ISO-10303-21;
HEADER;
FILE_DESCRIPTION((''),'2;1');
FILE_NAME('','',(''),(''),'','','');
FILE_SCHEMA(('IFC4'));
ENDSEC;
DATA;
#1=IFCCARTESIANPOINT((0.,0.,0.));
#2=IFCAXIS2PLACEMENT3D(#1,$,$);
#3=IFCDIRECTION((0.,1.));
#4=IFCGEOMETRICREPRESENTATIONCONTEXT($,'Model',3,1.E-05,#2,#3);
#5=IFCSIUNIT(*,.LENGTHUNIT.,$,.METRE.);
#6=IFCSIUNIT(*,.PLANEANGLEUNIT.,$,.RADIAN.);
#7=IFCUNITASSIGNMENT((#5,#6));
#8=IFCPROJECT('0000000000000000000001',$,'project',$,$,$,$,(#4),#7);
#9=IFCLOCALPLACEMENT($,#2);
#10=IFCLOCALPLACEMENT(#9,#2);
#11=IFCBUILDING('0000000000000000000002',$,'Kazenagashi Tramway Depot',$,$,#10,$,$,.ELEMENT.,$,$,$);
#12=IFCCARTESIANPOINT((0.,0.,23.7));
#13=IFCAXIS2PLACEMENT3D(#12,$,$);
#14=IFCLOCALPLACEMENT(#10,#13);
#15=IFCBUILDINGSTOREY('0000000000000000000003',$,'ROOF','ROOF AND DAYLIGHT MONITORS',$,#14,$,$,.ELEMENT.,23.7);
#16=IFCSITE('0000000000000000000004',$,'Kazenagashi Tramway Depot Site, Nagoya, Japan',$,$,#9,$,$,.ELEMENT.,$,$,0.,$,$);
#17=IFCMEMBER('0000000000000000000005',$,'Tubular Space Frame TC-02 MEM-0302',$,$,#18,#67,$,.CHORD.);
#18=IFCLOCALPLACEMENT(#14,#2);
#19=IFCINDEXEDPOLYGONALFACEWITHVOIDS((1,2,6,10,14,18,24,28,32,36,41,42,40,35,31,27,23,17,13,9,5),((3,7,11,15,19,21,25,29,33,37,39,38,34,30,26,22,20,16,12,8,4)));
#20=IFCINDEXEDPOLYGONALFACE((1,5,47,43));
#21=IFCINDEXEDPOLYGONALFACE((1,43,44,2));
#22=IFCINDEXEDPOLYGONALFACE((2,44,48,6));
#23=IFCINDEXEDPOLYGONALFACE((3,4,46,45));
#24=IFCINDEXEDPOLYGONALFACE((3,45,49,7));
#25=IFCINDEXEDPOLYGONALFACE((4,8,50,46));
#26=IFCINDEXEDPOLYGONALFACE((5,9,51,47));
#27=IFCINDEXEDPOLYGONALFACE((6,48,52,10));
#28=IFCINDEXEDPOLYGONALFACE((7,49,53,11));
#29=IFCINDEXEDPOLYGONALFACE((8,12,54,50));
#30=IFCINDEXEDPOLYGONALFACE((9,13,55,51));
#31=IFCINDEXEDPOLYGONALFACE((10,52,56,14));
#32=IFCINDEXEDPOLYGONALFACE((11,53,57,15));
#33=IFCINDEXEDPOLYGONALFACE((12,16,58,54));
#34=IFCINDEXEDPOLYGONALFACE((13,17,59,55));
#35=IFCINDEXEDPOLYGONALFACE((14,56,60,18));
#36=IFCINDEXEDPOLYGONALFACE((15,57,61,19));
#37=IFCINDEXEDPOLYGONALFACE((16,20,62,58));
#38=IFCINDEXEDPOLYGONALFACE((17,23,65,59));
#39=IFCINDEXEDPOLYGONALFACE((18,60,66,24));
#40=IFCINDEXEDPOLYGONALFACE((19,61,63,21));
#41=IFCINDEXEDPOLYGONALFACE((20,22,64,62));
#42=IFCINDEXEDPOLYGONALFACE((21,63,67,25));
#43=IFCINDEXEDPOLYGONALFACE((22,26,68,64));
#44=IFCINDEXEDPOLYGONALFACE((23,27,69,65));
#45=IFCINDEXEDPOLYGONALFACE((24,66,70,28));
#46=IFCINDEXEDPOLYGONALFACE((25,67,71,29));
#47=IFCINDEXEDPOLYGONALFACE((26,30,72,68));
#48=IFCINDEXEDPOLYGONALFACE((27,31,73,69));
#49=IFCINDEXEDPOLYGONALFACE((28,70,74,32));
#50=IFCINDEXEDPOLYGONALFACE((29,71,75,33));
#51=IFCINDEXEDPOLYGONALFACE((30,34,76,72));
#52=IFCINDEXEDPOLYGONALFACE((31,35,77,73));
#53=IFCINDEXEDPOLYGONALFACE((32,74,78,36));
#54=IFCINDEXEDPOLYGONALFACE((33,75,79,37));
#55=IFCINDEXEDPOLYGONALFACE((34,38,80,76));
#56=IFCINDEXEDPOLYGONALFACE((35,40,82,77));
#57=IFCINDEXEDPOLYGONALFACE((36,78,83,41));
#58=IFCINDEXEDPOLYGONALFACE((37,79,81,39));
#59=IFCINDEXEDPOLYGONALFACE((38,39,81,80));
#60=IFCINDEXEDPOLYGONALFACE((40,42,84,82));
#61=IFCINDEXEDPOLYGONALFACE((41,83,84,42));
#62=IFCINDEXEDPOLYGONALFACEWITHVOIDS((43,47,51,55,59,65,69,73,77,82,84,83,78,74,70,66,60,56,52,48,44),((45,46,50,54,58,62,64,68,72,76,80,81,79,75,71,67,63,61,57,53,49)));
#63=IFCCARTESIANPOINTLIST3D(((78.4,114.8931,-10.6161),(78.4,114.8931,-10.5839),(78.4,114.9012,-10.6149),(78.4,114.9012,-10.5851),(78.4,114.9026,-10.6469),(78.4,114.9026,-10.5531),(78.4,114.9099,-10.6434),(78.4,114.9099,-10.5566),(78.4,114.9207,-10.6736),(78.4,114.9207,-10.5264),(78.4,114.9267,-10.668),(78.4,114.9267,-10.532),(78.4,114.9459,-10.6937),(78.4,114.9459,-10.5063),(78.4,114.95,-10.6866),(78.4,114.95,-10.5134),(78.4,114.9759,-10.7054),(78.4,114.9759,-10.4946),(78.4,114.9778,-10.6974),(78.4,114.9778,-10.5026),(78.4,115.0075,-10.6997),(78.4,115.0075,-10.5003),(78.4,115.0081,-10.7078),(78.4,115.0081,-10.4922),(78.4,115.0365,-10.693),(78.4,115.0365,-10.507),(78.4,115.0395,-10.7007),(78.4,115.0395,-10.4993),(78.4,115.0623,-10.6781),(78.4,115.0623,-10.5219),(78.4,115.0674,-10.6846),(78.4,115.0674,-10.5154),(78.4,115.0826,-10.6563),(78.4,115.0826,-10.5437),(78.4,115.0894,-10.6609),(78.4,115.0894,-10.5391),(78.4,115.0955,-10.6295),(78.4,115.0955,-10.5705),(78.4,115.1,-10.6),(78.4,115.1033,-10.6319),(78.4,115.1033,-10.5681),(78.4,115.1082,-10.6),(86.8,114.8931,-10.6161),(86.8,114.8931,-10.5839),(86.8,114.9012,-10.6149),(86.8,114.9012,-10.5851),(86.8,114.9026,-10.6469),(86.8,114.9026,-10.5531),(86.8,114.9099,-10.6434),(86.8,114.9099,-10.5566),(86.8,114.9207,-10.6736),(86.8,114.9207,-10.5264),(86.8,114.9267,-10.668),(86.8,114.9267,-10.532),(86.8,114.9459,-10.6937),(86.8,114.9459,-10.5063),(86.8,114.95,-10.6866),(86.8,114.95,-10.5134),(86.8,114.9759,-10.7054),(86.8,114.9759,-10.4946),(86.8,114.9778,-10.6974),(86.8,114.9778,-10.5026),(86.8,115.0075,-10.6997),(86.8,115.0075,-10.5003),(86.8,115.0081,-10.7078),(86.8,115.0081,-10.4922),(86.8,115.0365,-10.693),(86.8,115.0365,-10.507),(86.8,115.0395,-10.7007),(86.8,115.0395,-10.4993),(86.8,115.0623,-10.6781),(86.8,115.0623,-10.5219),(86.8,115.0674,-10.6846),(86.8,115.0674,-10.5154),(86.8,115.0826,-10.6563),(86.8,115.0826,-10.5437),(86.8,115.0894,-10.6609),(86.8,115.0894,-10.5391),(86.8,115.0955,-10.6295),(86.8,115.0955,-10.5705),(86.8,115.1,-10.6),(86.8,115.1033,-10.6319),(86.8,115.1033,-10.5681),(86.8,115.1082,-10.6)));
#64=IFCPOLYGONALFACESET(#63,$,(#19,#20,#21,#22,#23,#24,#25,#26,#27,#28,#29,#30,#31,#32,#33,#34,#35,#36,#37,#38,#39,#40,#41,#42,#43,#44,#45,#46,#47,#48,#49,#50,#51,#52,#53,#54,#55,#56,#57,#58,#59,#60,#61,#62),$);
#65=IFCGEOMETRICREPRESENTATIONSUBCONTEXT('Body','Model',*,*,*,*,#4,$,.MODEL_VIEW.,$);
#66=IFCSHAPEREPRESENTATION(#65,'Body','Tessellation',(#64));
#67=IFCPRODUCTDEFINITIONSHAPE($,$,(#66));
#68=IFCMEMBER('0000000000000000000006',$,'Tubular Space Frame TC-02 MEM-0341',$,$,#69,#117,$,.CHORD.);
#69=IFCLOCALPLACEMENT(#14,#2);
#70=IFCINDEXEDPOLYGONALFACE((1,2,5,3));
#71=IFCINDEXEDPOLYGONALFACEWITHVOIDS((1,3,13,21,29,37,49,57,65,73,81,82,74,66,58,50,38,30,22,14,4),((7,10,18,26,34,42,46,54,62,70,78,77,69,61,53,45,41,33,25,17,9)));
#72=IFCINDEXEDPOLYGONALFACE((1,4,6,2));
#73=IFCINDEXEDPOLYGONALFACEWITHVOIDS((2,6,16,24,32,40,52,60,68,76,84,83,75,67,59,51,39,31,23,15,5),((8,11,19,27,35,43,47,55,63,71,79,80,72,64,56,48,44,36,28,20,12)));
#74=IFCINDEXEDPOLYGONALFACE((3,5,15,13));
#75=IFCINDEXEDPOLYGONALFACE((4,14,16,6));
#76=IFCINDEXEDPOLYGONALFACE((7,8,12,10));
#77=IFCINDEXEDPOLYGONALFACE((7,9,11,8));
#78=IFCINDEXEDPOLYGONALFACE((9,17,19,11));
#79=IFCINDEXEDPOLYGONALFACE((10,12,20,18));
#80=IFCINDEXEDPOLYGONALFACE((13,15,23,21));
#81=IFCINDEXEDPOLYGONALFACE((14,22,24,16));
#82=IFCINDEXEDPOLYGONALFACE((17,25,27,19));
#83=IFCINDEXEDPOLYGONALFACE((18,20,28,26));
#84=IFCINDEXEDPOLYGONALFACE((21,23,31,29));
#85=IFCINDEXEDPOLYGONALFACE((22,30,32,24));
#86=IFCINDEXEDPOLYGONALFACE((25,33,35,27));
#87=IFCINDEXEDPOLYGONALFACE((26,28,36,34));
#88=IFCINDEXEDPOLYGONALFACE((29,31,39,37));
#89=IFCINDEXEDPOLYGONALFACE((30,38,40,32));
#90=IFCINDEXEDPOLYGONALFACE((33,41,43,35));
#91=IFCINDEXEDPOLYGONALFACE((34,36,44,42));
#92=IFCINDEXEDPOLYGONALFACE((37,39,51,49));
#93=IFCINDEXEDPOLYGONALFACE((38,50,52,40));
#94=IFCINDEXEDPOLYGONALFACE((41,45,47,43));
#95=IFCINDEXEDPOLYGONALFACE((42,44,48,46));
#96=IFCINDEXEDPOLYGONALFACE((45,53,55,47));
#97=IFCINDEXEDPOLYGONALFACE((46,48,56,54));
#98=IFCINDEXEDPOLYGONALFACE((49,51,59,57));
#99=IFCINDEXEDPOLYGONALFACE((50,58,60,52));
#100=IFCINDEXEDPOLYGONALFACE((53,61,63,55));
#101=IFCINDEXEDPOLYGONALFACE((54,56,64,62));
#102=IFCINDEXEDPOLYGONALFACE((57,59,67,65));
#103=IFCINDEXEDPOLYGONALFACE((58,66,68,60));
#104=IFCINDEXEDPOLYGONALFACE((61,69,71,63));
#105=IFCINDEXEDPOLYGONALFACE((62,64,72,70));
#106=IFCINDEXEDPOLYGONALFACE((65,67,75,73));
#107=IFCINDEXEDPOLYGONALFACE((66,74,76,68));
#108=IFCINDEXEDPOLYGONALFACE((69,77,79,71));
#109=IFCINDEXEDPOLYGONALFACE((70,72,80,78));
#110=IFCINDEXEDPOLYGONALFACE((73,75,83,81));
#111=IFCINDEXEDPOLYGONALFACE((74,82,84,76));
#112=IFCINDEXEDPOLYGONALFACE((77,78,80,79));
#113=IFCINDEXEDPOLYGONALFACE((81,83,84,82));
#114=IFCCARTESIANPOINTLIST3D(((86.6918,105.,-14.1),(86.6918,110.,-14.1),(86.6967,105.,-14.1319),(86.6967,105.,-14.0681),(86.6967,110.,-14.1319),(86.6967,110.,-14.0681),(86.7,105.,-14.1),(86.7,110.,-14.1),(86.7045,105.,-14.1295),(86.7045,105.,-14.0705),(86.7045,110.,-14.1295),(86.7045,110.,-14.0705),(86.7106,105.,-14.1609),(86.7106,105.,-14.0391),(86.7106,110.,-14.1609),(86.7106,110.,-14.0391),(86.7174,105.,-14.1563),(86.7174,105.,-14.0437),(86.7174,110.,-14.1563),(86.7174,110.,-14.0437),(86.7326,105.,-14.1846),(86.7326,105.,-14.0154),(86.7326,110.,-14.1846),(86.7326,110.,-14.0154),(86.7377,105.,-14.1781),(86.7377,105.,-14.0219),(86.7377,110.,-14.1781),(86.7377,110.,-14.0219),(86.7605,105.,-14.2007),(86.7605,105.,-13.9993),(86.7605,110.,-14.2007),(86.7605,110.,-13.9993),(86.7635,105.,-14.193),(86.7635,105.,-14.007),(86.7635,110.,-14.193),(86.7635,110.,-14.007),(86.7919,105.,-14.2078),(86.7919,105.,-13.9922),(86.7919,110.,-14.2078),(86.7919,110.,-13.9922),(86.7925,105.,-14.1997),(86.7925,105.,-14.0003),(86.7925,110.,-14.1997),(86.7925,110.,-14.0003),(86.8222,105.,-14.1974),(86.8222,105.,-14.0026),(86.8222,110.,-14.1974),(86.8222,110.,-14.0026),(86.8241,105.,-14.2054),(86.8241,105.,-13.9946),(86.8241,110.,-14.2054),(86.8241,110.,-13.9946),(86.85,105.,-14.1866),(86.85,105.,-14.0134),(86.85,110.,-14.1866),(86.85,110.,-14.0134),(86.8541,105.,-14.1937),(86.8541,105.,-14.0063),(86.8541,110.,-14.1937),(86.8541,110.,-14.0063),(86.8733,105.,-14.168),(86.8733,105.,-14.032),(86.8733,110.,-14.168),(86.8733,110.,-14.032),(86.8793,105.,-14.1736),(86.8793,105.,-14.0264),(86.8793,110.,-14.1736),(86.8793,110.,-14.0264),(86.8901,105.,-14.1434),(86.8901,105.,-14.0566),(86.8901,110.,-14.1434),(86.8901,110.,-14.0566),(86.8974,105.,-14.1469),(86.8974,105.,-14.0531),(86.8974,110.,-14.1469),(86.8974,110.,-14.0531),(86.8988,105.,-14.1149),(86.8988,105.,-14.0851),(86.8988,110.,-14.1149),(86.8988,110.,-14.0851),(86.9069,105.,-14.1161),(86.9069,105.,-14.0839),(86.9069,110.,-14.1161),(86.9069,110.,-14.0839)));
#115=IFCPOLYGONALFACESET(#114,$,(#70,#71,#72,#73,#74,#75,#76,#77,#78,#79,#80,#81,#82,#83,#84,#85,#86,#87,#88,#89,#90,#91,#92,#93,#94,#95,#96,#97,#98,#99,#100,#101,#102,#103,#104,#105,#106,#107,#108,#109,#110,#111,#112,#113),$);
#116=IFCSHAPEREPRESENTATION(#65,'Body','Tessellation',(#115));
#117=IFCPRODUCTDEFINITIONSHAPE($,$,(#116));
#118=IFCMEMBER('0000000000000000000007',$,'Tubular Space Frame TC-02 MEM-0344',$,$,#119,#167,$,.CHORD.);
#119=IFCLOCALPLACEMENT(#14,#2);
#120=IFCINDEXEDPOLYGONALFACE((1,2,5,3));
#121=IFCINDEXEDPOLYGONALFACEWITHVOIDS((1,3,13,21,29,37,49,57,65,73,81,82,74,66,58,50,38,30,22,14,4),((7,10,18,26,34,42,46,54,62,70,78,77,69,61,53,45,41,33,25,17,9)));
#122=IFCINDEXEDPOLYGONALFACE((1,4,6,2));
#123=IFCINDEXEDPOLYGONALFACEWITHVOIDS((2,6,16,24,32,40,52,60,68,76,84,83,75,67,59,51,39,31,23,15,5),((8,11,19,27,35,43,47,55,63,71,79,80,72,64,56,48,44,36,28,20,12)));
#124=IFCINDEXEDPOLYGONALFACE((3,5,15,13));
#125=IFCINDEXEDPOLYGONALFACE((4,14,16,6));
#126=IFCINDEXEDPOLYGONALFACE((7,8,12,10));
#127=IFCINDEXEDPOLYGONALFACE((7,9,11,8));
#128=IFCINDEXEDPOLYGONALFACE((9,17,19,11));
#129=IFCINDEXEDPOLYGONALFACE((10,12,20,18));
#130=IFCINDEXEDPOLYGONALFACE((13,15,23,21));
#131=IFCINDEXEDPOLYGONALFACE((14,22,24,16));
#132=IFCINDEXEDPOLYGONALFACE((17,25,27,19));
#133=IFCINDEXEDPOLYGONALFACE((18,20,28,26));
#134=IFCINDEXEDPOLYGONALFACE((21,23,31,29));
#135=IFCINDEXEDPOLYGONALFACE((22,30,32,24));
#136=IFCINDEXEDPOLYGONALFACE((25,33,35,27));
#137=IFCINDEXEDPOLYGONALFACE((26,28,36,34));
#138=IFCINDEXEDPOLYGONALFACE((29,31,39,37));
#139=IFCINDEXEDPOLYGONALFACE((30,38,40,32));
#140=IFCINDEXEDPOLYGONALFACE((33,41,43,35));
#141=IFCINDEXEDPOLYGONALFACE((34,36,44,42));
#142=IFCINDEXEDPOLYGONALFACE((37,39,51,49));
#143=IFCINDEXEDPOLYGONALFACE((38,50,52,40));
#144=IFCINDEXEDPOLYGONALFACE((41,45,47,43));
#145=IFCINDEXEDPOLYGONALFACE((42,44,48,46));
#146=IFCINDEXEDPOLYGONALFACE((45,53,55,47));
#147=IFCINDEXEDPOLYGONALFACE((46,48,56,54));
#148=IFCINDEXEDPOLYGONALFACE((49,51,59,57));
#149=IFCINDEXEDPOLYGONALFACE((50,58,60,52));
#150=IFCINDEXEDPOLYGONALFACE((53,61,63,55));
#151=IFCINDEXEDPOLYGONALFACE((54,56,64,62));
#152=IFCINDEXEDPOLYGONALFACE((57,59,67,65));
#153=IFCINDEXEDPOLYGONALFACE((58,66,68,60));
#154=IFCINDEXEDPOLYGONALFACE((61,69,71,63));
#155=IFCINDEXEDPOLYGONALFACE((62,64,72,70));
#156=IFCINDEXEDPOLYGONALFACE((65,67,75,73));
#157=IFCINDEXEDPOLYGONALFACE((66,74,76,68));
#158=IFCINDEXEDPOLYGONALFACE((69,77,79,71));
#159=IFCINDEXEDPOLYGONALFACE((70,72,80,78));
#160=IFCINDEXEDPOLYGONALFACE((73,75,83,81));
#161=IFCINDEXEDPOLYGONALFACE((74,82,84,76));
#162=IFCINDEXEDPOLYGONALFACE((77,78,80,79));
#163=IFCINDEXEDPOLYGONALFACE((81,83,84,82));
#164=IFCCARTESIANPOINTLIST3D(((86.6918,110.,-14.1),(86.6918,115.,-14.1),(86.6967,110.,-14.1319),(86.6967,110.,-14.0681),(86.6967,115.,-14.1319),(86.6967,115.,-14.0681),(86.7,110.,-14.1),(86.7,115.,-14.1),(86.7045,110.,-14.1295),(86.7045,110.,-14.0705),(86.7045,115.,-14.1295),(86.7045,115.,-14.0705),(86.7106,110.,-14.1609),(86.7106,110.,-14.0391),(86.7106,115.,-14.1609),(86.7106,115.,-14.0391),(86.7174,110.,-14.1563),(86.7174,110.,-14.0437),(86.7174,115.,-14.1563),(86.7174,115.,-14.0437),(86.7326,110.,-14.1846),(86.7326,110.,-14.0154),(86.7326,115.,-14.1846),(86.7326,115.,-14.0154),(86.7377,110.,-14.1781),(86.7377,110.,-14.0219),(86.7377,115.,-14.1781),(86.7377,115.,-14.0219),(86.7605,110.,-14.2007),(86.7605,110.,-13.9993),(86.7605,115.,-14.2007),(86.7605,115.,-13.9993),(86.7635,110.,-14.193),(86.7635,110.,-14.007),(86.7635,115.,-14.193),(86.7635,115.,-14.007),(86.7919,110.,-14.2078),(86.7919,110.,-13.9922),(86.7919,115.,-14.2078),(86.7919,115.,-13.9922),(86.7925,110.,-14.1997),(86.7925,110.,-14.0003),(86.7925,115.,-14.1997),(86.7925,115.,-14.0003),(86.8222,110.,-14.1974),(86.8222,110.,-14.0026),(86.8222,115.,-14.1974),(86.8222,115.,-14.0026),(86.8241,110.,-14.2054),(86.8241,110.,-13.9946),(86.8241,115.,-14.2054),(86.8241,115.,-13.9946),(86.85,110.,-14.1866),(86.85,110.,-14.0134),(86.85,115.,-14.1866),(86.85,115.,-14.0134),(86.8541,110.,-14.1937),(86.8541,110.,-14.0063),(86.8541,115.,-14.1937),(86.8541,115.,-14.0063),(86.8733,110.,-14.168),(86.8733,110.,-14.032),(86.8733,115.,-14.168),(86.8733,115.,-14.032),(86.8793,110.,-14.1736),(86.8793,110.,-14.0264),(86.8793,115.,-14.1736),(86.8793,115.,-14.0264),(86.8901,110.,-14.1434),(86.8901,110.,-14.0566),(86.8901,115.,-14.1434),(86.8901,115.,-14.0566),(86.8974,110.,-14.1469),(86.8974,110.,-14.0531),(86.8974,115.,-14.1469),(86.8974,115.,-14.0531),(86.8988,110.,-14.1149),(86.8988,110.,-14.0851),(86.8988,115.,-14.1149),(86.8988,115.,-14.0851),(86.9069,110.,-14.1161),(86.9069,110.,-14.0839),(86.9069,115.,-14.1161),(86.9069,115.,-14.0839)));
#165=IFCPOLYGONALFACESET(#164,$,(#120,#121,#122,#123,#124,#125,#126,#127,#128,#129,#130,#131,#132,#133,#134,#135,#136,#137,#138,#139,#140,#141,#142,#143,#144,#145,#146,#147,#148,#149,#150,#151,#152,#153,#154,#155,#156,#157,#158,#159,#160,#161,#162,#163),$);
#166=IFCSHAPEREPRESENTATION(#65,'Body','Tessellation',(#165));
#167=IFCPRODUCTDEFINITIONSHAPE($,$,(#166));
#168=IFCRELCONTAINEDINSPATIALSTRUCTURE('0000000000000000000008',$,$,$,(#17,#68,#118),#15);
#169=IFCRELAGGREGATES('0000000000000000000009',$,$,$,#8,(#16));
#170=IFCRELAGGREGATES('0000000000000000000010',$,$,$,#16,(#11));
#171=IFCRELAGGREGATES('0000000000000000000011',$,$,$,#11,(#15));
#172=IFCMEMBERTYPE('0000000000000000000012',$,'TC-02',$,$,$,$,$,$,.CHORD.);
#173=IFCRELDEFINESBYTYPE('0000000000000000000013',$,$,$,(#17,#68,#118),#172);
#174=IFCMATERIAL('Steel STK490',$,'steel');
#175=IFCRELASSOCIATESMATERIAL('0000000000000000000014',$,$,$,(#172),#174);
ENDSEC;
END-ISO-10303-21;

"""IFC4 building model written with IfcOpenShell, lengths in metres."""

from ifc_helpers import new_model, si_unit, direction, frame, origin, origin_2d, place, context, subcontext, project, spatial, hollow_circle, extrude, material, material_profile, profile_set, type_object, element, save


model = new_model("IFC4")

# Units and contexts
model_context = context("Model", 3, precision=1e-05, world=origin(), true_north=direction((0.0, 1.0)))
body_context = subcontext(model_context, "Body", "Model", "MODEL_VIEW")
ifc_project = project(units=[si_unit("LENGTHUNIT", "METRE"), si_unit("PLANEANGLEUNIT", "RADIAN")], contexts=[model_context])

# Site, building, storey
site_placement = place(None, origin())
site = spatial("IfcSite", under=ifc_project, at=site_placement, Name="Kazenagashi Tramway Depot Site, Nagoya, Japan", CompositionType="ELEMENT", RefElevation=0.0)
building_placement = place(site_placement, origin())
building = spatial("IfcBuilding", under=site, at=building_placement, Name="Kazenagashi Tramway Depot", CompositionType="ELEMENT")
storey_placement = place(building_placement, frame((0.0, 0.0, 23.7)))
storey = spatial("IfcBuildingStorey", under=building, at=storey_placement, Name="ROOF", Description="ROOF AND DAYLIGHT MONITORS", CompositionType="ELEMENT", Elevation=23.7)

# Members
ifc_material_1 = material(Name="Steel STK490", Category="steel")
ifc_material_profile_1 = material_profile(ifc_material_1, hollow_circle(Radius=0.1081, WallThickness=0.0082, at=origin_2d()), Name="CHS-216.3x8.2")
ifc_profile_set_1 = profile_set([ifc_material_profile_1], Name="Steel STK490")
member_type_1 = type_object("IfcMemberType", Name="TC-02", PredefinedType="CHORD", material=ifc_profile_set_1)
for number, where, z_axis, x_axis, name in (
    (1, (78.4, 115.0, -10.6), (1.0, 0.0, 0.0), (0.0, 1.0, 0.0), "Tubular Space Frame TC-02 MEM-0302"),
):
    element("IfcMember", number, at=place(storey_placement, frame(where, z_axis=z_axis, x_axis=x_axis)), inside=storey, type_object=member_type_1, Name=name, PredefinedType="CHORD", context=body_context, shape_type="SweptSolid", body=[
        extrude(hollow_circle(Radius=0.1081, WallThickness=0.0082, at=origin_2d()), origin(), (0.0, 0.0, 1.0), 8.4),
    ])
for number, where, z_axis, x_axis, name in (
    (2, (86.8, 105.0, -14.1), (0.0, 1.0, 0.0), (-1.0, 0.0, 0.0), "Tubular Space Frame TC-02 MEM-0341"),
    (3, (86.8, 110.0, -14.1), (0.0, 1.0, 0.0), (-1.0, 0.0, 0.0), "Tubular Space Frame TC-02 MEM-0344"),
):
    element("IfcMember", number, at=place(storey_placement, frame(where, z_axis=z_axis, x_axis=x_axis)), inside=storey, type_object=member_type_1, Name=name, PredefinedType="CHORD", context=body_context, shape_type="SweptSolid", body=[
        extrude(hollow_circle(Radius=0.1081, WallThickness=0.0082, at=origin_2d()), origin(), (0.0, 0.0, 1.0), 5.0),
    ])

save(model, "model.ifc")
